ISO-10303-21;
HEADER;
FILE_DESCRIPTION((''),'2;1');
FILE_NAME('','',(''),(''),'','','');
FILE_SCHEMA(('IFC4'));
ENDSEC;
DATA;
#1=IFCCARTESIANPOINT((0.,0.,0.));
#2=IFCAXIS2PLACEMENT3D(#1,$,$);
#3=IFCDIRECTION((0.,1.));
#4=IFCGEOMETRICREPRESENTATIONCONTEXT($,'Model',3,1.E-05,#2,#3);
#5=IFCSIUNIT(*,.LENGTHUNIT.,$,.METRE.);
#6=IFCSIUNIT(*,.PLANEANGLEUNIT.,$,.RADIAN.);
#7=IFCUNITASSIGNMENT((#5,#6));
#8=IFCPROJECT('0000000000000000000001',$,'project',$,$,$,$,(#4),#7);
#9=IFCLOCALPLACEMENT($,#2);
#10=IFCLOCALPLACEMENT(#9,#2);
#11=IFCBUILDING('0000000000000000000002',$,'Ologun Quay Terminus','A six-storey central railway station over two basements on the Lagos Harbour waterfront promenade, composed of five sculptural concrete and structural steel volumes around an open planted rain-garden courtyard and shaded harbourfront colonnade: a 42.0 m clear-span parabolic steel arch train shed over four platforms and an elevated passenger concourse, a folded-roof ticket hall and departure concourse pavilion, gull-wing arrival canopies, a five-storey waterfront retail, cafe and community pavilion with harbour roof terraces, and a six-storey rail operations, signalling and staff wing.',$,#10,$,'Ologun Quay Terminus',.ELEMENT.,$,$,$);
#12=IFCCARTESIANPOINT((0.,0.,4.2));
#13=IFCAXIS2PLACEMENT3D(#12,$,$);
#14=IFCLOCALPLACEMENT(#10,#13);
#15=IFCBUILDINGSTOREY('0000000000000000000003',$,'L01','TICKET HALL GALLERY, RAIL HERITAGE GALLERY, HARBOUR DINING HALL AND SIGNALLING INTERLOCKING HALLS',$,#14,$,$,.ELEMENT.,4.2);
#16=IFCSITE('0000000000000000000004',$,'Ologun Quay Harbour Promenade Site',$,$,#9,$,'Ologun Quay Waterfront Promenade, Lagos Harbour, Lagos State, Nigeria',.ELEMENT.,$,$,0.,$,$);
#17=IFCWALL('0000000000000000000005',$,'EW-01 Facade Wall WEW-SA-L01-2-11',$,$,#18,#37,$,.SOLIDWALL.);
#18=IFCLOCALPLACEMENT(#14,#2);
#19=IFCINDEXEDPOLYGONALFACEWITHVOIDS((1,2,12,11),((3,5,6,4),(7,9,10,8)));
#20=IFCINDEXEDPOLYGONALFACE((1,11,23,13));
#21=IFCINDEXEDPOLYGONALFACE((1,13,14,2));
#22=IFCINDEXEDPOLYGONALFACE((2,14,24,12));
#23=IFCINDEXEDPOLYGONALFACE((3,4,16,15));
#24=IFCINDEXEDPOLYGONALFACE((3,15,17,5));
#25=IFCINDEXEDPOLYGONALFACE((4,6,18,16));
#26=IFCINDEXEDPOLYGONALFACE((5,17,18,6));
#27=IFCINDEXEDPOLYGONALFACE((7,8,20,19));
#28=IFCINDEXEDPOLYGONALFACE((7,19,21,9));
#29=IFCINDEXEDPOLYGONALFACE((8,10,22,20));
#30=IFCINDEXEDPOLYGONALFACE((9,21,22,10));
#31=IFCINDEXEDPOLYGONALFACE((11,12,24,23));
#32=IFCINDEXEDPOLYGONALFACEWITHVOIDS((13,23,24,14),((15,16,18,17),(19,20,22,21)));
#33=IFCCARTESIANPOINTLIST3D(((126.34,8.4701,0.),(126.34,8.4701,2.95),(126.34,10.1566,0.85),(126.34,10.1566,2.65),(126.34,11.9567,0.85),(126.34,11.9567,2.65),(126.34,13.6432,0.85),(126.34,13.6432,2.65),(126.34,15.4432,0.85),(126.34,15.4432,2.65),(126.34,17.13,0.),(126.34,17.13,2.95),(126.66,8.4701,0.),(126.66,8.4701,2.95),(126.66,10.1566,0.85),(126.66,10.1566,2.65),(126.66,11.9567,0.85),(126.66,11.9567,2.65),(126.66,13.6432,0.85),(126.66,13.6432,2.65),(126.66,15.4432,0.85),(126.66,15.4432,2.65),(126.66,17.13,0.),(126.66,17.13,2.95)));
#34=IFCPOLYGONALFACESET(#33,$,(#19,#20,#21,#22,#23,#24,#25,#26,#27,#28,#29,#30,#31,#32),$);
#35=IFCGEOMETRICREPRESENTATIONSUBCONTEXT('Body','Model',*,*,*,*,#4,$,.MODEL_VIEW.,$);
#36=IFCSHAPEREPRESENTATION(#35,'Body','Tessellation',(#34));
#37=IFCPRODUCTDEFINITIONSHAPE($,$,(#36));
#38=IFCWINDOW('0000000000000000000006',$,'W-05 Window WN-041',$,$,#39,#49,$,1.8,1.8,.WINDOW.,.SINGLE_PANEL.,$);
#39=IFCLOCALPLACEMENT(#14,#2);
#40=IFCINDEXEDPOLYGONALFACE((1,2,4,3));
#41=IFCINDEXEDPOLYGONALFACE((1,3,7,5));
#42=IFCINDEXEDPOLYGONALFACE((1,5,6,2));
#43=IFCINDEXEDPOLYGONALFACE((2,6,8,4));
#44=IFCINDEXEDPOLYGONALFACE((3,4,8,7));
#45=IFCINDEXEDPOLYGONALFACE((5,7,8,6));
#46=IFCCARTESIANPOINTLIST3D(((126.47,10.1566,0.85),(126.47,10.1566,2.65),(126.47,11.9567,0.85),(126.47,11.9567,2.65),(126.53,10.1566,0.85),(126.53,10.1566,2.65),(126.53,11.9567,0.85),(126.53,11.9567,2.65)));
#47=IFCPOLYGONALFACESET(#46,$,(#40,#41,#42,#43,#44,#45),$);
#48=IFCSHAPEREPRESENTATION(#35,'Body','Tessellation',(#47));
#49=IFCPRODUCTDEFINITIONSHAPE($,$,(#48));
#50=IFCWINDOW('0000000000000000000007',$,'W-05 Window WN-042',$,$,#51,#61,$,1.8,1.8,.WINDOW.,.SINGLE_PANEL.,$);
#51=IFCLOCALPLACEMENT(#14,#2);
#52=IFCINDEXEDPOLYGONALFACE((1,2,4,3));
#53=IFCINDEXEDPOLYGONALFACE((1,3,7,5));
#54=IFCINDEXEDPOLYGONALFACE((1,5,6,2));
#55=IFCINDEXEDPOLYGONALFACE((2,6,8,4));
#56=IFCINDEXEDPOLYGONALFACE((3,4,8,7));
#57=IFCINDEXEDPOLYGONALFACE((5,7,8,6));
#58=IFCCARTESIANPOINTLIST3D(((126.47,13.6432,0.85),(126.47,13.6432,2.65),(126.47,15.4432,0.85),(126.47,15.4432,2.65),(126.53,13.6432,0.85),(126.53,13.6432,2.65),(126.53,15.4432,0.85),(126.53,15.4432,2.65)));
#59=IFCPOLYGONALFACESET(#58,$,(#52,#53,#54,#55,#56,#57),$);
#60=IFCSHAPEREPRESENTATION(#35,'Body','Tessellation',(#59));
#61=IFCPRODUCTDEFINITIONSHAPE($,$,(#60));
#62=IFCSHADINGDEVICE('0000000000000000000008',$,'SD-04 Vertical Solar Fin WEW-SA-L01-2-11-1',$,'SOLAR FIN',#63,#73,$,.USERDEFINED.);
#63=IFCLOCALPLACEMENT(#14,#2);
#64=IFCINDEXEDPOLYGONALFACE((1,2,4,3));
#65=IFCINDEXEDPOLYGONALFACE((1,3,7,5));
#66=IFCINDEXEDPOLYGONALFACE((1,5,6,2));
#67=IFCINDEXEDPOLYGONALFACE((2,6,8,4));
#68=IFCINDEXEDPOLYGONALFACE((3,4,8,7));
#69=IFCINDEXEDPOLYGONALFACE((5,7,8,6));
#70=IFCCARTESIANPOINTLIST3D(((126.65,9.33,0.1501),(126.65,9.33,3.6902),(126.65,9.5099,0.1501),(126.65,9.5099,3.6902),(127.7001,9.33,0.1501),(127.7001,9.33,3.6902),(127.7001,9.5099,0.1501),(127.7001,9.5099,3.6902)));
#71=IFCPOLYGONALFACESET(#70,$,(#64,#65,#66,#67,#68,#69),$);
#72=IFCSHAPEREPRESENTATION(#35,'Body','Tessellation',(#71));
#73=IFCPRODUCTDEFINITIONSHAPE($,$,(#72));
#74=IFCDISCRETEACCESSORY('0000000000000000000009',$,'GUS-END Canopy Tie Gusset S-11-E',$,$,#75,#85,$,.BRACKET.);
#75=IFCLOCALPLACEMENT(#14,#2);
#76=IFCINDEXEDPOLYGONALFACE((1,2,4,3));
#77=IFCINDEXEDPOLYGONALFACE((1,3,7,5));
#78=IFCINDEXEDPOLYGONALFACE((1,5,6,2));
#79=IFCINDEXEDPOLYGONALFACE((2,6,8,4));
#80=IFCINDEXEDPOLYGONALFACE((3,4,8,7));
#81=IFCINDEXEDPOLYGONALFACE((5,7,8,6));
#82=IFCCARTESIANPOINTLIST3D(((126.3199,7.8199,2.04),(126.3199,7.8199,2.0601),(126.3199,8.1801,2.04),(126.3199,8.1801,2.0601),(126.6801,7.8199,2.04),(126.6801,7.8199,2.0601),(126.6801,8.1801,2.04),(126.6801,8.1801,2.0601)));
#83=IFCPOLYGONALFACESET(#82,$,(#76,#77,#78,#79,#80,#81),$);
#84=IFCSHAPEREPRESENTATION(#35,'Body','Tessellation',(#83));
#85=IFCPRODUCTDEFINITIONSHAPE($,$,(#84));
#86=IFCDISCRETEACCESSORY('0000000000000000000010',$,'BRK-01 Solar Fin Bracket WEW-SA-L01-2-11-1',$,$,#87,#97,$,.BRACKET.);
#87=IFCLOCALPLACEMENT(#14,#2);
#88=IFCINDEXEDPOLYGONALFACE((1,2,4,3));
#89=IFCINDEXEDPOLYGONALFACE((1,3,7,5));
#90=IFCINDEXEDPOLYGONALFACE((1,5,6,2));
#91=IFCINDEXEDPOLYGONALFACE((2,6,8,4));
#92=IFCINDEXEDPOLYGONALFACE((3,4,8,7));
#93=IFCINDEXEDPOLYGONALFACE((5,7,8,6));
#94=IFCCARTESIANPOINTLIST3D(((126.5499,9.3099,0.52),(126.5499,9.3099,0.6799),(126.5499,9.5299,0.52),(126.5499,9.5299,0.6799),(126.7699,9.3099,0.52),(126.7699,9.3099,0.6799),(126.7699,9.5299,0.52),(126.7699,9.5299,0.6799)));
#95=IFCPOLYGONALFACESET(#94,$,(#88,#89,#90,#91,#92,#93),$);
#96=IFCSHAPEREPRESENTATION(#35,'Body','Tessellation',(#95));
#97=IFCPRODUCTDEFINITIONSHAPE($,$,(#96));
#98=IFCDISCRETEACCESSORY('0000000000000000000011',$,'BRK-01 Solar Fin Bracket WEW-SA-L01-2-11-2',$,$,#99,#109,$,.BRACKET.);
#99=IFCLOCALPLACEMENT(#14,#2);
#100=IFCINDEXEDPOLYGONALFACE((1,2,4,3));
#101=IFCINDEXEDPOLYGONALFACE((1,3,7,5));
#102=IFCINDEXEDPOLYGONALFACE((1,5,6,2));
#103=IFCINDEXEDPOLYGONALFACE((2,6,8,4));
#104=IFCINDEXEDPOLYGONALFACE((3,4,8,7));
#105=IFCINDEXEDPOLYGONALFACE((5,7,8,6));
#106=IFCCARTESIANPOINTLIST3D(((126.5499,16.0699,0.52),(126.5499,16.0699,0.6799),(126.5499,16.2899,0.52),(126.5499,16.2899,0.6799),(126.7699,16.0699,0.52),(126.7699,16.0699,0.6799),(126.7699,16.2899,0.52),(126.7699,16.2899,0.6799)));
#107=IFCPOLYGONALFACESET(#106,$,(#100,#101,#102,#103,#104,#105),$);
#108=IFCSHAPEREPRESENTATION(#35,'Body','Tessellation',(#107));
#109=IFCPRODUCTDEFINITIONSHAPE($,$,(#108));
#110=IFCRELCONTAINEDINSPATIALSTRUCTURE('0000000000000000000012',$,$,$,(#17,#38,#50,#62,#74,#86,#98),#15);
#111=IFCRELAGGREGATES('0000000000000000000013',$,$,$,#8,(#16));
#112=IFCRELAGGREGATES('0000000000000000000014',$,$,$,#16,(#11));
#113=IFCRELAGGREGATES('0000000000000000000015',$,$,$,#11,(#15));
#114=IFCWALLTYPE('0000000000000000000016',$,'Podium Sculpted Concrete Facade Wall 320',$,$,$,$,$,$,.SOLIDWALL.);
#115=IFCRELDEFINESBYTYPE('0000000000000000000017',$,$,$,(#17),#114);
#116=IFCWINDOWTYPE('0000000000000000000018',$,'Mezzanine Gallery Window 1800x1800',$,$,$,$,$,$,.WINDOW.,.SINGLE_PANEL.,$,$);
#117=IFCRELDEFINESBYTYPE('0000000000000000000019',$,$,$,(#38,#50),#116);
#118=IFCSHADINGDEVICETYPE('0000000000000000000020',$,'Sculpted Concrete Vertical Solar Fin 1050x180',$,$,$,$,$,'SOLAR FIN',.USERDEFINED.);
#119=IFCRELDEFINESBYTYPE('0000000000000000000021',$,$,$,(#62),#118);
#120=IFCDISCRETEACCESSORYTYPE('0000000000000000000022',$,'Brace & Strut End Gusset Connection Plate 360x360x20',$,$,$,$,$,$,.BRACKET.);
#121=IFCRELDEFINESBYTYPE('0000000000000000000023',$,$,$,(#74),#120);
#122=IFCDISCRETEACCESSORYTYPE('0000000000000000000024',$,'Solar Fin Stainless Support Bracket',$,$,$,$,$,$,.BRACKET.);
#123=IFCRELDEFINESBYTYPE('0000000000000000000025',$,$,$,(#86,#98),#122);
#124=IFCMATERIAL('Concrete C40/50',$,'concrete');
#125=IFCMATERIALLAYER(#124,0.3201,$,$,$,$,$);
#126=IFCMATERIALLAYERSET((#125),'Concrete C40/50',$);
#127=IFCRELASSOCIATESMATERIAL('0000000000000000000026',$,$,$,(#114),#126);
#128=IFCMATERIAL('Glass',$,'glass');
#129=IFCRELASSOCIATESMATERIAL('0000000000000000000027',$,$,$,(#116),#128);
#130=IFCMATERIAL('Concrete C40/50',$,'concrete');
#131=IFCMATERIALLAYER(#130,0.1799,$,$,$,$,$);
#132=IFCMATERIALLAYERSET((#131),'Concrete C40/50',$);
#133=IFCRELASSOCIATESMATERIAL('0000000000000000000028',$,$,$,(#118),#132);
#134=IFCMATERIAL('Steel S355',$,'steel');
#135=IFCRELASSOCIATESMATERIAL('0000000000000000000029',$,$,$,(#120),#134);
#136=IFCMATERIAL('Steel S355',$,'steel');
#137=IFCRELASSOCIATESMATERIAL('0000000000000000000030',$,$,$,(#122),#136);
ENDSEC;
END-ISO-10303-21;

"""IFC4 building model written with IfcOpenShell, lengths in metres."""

from ifc_helpers import new_model, si_unit, direction, frame, frame_2d, origin, origin_2d, place, context, subcontext, project, spatial, rectangle, extrude, material, layer, layer_set, type_object, element, fill, save


model = new_model("IFC4")

# Units and contexts
model_context = context("Model", 3, precision=1e-05, world=origin(), true_north=direction((0.0, 1.0)))
body_context = subcontext(model_context, "Body", "Model", "MODEL_VIEW")
ifc_project = project(units=[si_unit("LENGTHUNIT", "METRE"), si_unit("PLANEANGLEUNIT", "RADIAN")], contexts=[model_context])

# Site, building, storey
site_placement = place(None, origin())
site = spatial("IfcSite", under=ifc_project, at=site_placement, Name="Ologun Quay Harbour Promenade Site", LongName="Ologun Quay Waterfront Promenade, Lagos Harbour, Lagos State, Nigeria", CompositionType="ELEMENT", RefElevation=0.0)
building_placement = place(site_placement, origin())
building = spatial("IfcBuilding", under=site, at=building_placement, Name="Ologun Quay Terminus", Description="A six-storey central railway station over two basements on the Lagos Harbour waterfront promenade, composed of five sculptural concrete and structural steel volumes around an open planted rain-garden courtyard and shaded harbourfront colonnade: a 42.0 m clear-span parabolic steel arch train shed over four platforms and an elevated passenger concourse, a folded-roof ticket hall and departure concourse pavilion, gull-wing arrival canopies, a five-storey waterfront retail, cafe and community pavilion with harbour roof terraces, and a six-storey rail operations, signalling and staff wing.", LongName="Ologun Quay Terminus", CompositionType="ELEMENT")
storey_placement = place(building_placement, frame((0.0, 0.0, 4.2)))
storey = spatial("IfcBuildingStorey", under=building, at=storey_placement, Name="L01", Description="TICKET HALL GALLERY, RAIL HERITAGE GALLERY, HARBOUR DINING HALL AND SIGNALLING INTERLOCKING HALLS", CompositionType="ELEMENT", Elevation=4.2)

# Wall, openings, windows
ifc_material_1 = material(Name="Concrete C40/50", Category="concrete")
ifc_layer_1 = layer(ifc_material_1, 0.3201)
ifc_layer_set_1 = layer_set([ifc_layer_1], Name="Concrete C40/50")
wall_type_1 = type_object("IfcWallType", Name="Podium Sculpted Concrete Facade Wall 320", PredefinedType="SOLIDWALL", material=ifc_layer_set_1)
wall_1_placement = place(storey_placement, frame((126.5, 8.47, 0.0), z_axis=(0.0, 0.0, 1.0), x_axis=(0.0, 1.0, 0.0)))
wall_1 = element("IfcWall", 1, at=wall_1_placement, inside=storey, type_object=wall_type_1, Name="EW-01 Facade Wall WEW-SA-L01-2-11", PredefinedType="SOLIDWALL", context=body_context, shape_type="SweptSolid", body=[
    extrude(rectangle(XDim=8.6599, YDim=0.3201, at=frame_2d((4.3301, 0.0))), origin(), (0.0, 0.0, 1.0), 2.95),
])
opening_1_placement = place(wall_1_placement, frame((1.6868, 0.0, 0.8501)))
opening_1 = element("IfcOpeningElement", 2, at=opening_1_placement, cuts=wall_1, PredefinedType="OPENING", context=body_context, shape_type="SweptSolid", body=[
    extrude(rectangle(XDim=1.8, YDim=1.8, at=frame_2d((0.8999, 0.8999))), frame((0.0, 0.1699, 0.0), z_axis=(0.0, -1.0, 0.0), x_axis=(1.0, 0.0, 0.0)), (0.0, 0.0, 1.0), 0.3401),
])
opening_2_placement = place(wall_1_placement, frame((5.1733, 0.0, 0.8501)))
opening_2 = element("IfcOpeningElement", 3, at=opening_2_placement, cuts=wall_1, PredefinedType="OPENING", context=body_context, shape_type="SweptSolid", body=[
    extrude(rectangle(XDim=1.8, YDim=1.8, at=frame_2d((0.8999, 0.8999))), frame((0.0, 0.1699, 0.0), z_axis=(0.0, -1.0, 0.0), x_axis=(1.0, 0.0, 0.0)), (0.0, 0.0, 1.0), 0.3401),
])
ifc_material_2 = material(Name="Glass", Category="glass")
window_type = type_object("IfcWindowType", Name="Mezzanine Gallery Window 1800x1800", PartitioningType="SINGLE_PANEL", PredefinedType="WINDOW", material=ifc_material_2)
window_1_placement = place(opening_1_placement, origin())
window_1 = element("IfcWindow", 4, at=window_1_placement, inside=storey, type_object=window_type, Name="W-05 Window WN-041", OverallHeight=1.8, OverallWidth=1.8, PartitioningType="SINGLE_PANEL", PredefinedType="WINDOW", context=body_context, shape_type="SweptSolid", body=[
    extrude(rectangle(XDim=1.8, YDim=1.8, at=frame_2d((0.8999, 0.8999))), frame((0.0, 0.03, 0.0), z_axis=(0.0, -1.0, 0.0), x_axis=(1.0, 0.0, 0.0)), (0.0, 0.0, 1.0), 0.0601),
])
fill(opening_1, window_1)
window_2_placement = place(opening_2_placement, origin())
window_2 = element("IfcWindow", 5, at=window_2_placement, inside=storey, type_object=window_type, Name="W-05 Window WN-042", OverallHeight=1.8, OverallWidth=1.8, PartitioningType="SINGLE_PANEL", PredefinedType="WINDOW", context=body_context, shape_type="SweptSolid", body=[
    extrude(rectangle(XDim=1.8, YDim=1.8, at=frame_2d((0.8999, 0.8999))), frame((0.0, 0.03, 0.0), z_axis=(0.0, -1.0, 0.0), x_axis=(1.0, 0.0, 0.0)), (0.0, 0.0, 1.0), 0.0601),
])
fill(opening_2, window_2)

# Shading device
ifc_material_3 = material(Name="Concrete C40/50", Category="concrete")
ifc_layer_2 = layer(ifc_material_3, 0.1799)
ifc_layer_set_2 = layer_set([ifc_layer_2], Name="Concrete C40/50")
shading_device_type = type_object("IfcShadingDeviceType", Name="Sculpted Concrete Vertical Solar Fin 1050x180", ElementType="SOLAR FIN", PredefinedType="USERDEFINED", material=ifc_layer_set_2)
shading_device_placement = place(storey_placement, frame((127.175, 9.4199, 0.1501), z_axis=(0.0, 0.0, 1.0), x_axis=(1.0, 0.0, 0.0)))
element("IfcShadingDevice", 6, at=shading_device_placement, inside=storey, type_object=shading_device_type, Name="SD-04 Vertical Solar Fin WEW-SA-L01-2-11-1", ObjectType="SOLAR FIN", PredefinedType="USERDEFINED", context=body_context, shape_type="SweptSolid", body=[
    extrude(rectangle(XDim=1.05, YDim=0.1799, at=origin_2d()), origin(), (0.0, 0.0, 1.0), 3.54),
])

# Discrete accessories
ifc_material_4 = material(Name="Steel S355", Category="steel")
discrete_accessory_type_1 = type_object("IfcDiscreteAccessoryType", Name="Brace & Strut End Gusset Connection Plate 360x360x20", PredefinedType="BRACKET", material=ifc_material_4)
discrete_accessory_placement = place(storey_placement, frame((126.5, 8.0, 2.04), z_axis=(0.0, 0.0, 1.0), x_axis=(1.0, 0.0, 0.0)))
element("IfcDiscreteAccessory", 7, at=discrete_accessory_placement, inside=storey, type_object=discrete_accessory_type_1, Name="GUS-END Canopy Tie Gusset S-11-E", PredefinedType="BRACKET", context=body_context, shape_type="SweptSolid", body=[
    extrude(rectangle(XDim=0.3601, YDim=0.3601, at=origin_2d()), origin(), (0.0, 0.0, 1.0), 0.02),
])
ifc_material_5 = material(Name="Steel S355", Category="steel")
discrete_accessory_type_2 = type_object("IfcDiscreteAccessoryType", Name="Solar Fin Stainless Support Bracket", PredefinedType="BRACKET", material=ifc_material_5)
for number, where, z_axis, x_axis, name in (
    (8, (126.6599, 9.4199, 0.52), (0.0, 0.0, 1.0), (1.0, 0.0, 0.0), "BRK-01 Solar Fin Bracket WEW-SA-L01-2-11-1"),
    (9, (126.6599, 16.1799, 0.52), (0.0, 0.0, 1.0), (1.0, 0.0, 0.0), "BRK-01 Solar Fin Bracket WEW-SA-L01-2-11-2"),
):
    element("IfcDiscreteAccessory", number, at=place(storey_placement, frame(where, z_axis=z_axis, x_axis=x_axis)), inside=storey, type_object=discrete_accessory_type_2, Name=name, PredefinedType="BRACKET", context=body_context, shape_type="SweptSolid", body=[
        extrude(rectangle(XDim=0.22, YDim=0.22, at=origin_2d()), origin(), (0.0, 0.0, 1.0), 0.1599),
    ])

save(model, "model.ifc")
